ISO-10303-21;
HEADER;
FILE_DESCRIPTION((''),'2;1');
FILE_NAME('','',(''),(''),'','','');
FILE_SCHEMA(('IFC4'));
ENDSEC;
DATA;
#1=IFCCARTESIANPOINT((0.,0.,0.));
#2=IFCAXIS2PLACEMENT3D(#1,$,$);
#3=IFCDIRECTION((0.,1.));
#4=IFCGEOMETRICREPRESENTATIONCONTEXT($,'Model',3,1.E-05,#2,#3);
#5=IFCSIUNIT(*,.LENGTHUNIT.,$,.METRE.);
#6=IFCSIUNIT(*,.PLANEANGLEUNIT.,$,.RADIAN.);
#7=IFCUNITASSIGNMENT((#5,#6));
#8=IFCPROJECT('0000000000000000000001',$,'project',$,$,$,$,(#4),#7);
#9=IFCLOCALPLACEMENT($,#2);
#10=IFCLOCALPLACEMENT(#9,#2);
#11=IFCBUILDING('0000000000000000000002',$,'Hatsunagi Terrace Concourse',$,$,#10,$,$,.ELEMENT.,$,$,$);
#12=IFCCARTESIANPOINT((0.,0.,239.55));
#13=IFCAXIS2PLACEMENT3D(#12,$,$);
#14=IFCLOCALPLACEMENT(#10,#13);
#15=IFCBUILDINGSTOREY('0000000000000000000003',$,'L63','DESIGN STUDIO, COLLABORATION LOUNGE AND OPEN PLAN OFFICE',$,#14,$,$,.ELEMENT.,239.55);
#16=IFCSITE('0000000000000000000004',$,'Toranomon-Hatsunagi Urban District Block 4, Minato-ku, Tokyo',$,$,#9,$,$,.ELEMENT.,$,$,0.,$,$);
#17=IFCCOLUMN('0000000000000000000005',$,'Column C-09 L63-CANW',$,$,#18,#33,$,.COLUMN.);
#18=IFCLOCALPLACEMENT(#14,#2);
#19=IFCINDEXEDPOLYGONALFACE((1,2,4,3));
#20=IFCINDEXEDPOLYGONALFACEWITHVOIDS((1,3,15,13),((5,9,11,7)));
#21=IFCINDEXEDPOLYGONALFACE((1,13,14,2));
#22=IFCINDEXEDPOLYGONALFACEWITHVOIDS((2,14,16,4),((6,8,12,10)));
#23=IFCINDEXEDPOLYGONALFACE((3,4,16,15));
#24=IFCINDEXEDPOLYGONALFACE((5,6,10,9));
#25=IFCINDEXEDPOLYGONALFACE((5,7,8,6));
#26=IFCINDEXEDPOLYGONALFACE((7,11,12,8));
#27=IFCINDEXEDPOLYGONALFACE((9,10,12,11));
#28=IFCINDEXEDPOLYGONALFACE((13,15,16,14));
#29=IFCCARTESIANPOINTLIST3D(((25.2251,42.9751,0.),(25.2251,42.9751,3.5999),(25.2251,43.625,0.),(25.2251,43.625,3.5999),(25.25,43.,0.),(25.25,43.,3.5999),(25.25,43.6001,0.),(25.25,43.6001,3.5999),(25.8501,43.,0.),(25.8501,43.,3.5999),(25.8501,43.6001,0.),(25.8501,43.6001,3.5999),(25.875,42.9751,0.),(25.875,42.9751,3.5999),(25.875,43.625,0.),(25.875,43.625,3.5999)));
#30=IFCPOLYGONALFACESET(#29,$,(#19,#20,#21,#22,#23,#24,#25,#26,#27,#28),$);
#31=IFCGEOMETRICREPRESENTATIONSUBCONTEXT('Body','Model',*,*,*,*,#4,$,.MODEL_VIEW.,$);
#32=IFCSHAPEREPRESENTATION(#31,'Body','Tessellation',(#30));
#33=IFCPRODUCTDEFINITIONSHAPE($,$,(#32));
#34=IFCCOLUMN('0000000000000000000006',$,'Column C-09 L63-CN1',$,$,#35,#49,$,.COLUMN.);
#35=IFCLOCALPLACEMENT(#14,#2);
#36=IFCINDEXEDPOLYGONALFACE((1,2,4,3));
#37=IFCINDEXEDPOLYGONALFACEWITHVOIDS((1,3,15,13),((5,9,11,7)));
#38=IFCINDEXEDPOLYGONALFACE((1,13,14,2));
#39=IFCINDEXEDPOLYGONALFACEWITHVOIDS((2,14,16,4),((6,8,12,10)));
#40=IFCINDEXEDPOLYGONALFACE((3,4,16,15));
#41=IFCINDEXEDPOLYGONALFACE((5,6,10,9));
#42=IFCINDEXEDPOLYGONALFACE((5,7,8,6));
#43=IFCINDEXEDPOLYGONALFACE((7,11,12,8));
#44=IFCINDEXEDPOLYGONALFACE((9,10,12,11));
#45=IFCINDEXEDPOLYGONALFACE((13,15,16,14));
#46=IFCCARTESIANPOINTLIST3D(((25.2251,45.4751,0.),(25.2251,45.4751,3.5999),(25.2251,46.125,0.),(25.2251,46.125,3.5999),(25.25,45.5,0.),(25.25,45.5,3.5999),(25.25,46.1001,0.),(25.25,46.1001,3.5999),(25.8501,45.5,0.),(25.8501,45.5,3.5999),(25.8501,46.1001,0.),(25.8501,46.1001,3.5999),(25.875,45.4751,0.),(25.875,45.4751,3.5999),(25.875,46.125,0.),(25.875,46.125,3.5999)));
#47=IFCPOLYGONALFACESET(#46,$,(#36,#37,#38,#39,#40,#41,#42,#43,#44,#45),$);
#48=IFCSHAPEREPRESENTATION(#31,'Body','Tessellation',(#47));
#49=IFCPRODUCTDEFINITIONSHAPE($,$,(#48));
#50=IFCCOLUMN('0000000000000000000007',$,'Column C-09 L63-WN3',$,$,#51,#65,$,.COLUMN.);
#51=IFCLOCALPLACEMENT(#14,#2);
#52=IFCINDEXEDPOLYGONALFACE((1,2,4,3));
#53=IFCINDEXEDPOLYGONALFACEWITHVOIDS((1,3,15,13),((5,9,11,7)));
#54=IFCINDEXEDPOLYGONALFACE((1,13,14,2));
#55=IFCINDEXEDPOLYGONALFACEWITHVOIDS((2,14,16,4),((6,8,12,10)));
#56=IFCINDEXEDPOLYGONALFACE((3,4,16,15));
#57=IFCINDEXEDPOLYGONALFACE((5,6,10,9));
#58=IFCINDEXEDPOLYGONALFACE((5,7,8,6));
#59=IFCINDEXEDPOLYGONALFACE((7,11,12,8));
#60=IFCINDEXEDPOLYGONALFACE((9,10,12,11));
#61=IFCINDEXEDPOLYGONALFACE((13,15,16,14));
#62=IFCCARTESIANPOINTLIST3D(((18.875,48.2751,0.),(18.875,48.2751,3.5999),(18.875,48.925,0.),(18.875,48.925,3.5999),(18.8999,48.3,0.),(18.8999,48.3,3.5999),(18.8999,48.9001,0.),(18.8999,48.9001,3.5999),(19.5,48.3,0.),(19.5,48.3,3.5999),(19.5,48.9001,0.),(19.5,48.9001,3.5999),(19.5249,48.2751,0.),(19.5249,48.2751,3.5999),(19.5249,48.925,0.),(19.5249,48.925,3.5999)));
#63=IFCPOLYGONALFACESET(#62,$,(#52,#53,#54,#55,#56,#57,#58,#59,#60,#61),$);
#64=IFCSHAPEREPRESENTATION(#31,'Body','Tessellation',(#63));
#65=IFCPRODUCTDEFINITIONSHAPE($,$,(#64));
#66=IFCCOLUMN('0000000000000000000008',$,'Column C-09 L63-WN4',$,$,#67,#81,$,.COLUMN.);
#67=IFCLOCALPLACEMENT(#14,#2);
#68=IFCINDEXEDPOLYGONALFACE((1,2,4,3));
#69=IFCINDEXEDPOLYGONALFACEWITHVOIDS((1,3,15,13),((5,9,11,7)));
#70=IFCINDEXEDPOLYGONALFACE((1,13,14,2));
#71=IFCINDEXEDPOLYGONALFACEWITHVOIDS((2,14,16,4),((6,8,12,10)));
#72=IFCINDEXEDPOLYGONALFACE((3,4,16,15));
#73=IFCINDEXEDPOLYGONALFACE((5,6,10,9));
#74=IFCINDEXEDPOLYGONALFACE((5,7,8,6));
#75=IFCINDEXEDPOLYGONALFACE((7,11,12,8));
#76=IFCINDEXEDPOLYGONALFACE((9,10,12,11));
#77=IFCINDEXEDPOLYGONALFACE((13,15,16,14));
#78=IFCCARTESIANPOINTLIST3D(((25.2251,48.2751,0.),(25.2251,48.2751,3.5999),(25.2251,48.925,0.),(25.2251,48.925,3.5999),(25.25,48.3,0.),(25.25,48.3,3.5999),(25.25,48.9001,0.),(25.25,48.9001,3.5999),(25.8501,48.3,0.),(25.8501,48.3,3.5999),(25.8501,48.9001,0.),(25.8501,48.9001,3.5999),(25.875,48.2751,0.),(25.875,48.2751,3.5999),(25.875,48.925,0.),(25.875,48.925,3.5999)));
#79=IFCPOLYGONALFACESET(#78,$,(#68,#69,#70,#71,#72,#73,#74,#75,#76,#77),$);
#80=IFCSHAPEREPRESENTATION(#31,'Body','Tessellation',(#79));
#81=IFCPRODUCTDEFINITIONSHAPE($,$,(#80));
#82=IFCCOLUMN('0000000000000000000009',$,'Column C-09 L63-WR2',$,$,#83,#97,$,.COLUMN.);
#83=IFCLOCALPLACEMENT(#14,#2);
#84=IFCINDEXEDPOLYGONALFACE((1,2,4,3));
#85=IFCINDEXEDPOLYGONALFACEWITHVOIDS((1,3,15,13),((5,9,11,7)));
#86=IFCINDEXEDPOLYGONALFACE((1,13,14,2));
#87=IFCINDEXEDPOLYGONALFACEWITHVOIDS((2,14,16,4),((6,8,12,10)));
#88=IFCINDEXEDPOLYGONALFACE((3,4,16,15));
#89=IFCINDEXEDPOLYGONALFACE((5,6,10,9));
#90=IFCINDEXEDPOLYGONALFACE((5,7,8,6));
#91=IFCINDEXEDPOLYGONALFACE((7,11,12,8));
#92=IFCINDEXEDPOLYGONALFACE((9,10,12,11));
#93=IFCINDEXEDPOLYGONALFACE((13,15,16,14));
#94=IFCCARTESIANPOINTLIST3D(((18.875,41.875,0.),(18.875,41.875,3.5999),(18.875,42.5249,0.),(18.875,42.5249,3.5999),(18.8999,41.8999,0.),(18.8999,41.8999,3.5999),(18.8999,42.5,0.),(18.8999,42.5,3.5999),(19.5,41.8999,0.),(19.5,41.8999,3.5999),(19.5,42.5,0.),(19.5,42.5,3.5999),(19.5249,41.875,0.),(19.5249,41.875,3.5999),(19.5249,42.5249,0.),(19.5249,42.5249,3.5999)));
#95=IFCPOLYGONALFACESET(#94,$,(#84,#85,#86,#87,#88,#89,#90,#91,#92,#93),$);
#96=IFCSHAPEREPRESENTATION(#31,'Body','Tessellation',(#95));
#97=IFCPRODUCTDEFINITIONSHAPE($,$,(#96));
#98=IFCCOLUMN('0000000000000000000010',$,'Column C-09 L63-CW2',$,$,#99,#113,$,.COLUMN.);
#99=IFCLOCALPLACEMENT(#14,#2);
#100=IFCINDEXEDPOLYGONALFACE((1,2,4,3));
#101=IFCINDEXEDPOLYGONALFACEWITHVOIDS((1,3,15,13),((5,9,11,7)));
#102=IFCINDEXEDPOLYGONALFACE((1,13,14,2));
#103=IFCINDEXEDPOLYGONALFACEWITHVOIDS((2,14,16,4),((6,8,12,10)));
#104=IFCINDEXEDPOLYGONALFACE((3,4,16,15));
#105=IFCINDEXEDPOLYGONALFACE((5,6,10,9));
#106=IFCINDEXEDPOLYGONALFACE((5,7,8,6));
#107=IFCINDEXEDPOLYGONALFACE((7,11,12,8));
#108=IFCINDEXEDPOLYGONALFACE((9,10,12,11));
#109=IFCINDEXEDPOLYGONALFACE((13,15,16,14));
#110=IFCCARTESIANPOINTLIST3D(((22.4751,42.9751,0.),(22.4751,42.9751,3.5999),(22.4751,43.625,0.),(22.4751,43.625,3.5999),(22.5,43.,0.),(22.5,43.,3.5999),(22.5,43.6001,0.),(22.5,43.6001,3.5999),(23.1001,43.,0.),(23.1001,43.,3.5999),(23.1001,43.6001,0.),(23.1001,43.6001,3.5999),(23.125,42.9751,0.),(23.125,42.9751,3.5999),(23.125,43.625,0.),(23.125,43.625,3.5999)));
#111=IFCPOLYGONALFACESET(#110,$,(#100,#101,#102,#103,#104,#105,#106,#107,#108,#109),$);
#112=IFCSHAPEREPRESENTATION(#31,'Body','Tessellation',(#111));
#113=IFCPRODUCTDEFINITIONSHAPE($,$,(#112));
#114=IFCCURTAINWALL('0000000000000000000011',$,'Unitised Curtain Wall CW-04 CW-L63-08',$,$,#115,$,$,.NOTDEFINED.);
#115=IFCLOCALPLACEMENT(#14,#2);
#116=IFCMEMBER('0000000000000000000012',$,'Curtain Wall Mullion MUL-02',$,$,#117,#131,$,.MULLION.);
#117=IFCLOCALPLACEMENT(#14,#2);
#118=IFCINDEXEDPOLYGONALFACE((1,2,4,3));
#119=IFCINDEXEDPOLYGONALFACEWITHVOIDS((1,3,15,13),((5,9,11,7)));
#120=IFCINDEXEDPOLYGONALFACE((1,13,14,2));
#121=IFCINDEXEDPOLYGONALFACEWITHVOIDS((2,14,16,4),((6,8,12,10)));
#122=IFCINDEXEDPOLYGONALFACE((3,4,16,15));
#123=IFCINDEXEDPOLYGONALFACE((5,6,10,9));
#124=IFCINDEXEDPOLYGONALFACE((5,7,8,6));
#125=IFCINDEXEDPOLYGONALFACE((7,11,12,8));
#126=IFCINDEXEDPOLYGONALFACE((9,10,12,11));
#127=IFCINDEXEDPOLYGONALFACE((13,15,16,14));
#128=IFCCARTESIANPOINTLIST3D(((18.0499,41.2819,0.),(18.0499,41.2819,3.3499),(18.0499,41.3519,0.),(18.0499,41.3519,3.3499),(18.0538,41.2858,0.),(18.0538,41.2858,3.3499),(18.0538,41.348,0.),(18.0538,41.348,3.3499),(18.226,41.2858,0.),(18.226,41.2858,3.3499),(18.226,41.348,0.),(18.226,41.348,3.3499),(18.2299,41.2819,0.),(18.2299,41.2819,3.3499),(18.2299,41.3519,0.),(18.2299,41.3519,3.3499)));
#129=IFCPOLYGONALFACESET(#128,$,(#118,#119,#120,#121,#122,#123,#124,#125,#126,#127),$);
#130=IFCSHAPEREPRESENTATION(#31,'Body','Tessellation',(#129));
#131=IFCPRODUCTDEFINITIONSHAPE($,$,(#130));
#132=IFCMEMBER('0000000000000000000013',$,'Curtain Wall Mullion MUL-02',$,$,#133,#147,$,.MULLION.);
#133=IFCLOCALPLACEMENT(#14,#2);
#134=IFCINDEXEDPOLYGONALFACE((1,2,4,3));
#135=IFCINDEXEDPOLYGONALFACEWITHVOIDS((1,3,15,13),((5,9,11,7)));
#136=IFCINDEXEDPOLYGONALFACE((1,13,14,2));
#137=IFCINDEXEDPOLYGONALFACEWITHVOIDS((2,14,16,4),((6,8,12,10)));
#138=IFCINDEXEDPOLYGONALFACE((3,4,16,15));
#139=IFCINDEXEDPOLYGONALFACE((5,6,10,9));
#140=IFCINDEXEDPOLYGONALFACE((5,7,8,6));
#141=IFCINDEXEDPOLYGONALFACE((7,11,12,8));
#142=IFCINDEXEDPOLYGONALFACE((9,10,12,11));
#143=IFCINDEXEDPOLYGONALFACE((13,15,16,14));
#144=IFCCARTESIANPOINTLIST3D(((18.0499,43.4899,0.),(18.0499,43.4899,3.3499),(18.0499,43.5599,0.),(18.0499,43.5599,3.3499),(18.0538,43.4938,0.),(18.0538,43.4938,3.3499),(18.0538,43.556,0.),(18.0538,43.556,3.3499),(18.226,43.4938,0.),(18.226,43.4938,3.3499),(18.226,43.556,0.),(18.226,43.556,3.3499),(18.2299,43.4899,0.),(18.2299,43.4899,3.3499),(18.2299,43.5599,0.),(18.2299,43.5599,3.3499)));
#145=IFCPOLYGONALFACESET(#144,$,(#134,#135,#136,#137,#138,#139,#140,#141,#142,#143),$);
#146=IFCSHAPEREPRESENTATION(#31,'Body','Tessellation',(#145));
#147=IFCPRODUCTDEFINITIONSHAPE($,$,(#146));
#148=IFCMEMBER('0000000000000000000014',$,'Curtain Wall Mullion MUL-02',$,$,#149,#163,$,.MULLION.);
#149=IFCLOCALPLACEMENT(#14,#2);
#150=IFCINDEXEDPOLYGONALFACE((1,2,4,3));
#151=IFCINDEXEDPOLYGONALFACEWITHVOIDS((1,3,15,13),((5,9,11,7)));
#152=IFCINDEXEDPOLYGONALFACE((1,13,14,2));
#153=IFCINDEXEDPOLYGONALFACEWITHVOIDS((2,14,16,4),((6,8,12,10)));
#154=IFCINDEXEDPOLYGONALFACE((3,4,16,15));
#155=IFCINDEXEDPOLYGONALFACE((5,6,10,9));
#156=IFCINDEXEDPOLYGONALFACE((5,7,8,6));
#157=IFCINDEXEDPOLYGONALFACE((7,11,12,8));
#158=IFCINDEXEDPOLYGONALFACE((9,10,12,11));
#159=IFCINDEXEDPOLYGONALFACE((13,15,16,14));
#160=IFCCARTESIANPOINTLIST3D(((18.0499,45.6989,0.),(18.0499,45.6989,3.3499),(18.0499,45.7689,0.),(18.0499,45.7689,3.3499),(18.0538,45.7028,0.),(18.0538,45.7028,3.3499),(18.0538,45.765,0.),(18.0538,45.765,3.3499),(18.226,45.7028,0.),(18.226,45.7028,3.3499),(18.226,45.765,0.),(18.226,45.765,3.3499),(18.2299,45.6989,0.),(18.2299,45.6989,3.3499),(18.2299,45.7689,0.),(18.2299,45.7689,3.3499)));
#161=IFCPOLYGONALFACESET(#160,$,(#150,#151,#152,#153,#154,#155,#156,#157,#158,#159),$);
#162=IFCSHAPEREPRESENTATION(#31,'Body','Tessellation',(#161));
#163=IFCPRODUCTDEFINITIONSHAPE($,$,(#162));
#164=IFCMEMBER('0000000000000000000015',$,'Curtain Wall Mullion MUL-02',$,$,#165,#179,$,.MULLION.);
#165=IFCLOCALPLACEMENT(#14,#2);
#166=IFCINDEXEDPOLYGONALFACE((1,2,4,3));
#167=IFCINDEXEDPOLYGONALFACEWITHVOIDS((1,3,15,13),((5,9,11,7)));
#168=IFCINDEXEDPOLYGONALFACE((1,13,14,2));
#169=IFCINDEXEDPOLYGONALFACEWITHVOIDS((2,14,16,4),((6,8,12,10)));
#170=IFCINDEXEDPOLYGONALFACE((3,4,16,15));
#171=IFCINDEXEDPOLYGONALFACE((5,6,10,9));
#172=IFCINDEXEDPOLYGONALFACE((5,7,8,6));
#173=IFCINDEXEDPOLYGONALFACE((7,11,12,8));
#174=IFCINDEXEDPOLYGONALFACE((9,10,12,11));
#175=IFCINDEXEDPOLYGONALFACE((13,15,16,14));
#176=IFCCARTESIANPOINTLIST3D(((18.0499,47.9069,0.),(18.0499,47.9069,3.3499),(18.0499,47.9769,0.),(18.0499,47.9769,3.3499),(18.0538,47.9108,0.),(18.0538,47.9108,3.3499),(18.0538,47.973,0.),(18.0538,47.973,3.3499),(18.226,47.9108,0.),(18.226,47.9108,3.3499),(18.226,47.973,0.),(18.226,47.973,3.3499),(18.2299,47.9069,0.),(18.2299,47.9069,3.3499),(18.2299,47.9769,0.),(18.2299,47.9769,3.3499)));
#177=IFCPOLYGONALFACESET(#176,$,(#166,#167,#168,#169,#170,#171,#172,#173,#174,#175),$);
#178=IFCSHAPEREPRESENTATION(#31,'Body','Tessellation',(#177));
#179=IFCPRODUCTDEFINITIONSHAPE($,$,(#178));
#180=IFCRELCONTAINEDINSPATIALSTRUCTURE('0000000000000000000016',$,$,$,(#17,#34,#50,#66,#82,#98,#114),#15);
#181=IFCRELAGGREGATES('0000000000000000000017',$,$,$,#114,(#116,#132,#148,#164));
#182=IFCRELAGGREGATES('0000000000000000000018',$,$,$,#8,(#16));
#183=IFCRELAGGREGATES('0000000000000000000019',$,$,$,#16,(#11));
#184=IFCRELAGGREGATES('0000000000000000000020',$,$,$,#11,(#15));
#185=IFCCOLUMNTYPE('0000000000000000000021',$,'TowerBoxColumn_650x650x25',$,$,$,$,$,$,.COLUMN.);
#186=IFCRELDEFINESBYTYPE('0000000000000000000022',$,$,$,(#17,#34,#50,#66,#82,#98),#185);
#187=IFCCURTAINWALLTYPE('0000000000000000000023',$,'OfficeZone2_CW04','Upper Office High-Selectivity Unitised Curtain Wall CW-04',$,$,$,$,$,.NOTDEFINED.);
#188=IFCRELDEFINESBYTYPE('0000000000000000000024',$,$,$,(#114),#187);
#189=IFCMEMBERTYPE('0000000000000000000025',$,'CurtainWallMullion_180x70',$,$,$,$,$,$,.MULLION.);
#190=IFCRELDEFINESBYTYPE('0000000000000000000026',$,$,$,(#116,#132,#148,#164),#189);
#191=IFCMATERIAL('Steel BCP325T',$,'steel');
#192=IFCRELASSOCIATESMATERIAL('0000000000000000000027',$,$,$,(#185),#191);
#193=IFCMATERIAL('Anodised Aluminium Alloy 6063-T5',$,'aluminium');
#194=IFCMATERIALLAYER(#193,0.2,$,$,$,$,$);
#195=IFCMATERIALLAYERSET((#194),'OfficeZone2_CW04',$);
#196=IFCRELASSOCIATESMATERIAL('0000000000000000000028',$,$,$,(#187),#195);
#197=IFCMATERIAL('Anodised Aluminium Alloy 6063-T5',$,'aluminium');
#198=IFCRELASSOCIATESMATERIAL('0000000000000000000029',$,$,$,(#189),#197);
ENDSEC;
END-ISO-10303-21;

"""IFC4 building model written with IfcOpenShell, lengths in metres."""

from ifc_helpers import new_model, si_unit, direction, frame, origin, origin_2d, place, context, subcontext, project, spatial, hollow_rectangle, extrude, material, layer, layer_set, material_profile, profile_set, type_object, element, aggregate, save


model = new_model("IFC4")

# Units and contexts
model_context = context("Model", 3, precision=1e-05, world=origin(), true_north=direction((0.0, 1.0)))
body_context = subcontext(model_context, "Body", "Model", "MODEL_VIEW")
ifc_project = project(units=[si_unit("LENGTHUNIT", "METRE"), si_unit("PLANEANGLEUNIT", "RADIAN")], contexts=[model_context])

# Site, building, storey
site_placement = place(None, origin())
site = spatial("IfcSite", under=ifc_project, at=site_placement, Name="Toranomon-Hatsunagi Urban District Block 4, Minato-ku, Tokyo", CompositionType="ELEMENT", RefElevation=0.0)
building_placement = place(site_placement, origin())
building = spatial("IfcBuilding", under=site, at=building_placement, Name="Hatsunagi Terrace Concourse", CompositionType="ELEMENT")
storey_placement = place(building_placement, frame((0.0, 0.0, 239.55)))
storey = spatial("IfcBuildingStorey", under=building, at=storey_placement, Name="L63", Description="DESIGN STUDIO, COLLABORATION LOUNGE AND OPEN PLAN OFFICE", CompositionType="ELEMENT", Elevation=239.55)

# Columns
ifc_material_1 = material(Name="Steel BCP325T", Category="steel")
ifc_material_profile_1 = material_profile(ifc_material_1, hollow_rectangle(XDim=0.6499, YDim=0.6499, WallThickness=0.0249, at=origin_2d()), Name="BCP-650x650x25")
ifc_profile_set_1 = profile_set([ifc_material_profile_1], Name="Steel BCP325T")
column_type = type_object("IfcColumnType", Name="TowerBoxColumn_650x650x25", PredefinedType="COLUMN", material=ifc_profile_set_1)
for number, where, z_axis, x_axis, name in (
    (1, (25.55, 43.3, 0.0), (0.0, 0.0, 1.0), (1.0, 0.0, 0.0), "Column C-09 L63-CANW"),
    (2, (25.55, 45.8, 0.0), (0.0, 0.0, 1.0), (1.0, 0.0, 0.0), "Column C-09 L63-CN1"),
    (3, (19.2, 48.6001, 0.0), (0.0, 0.0, 1.0), (1.0, 0.0, 0.0), "Column C-09 L63-WN3"),
    (4, (25.55, 48.6001, 0.0), (0.0, 0.0, 1.0), (1.0, 0.0, 0.0), "Column C-09 L63-WN4"),
    (5, (19.2, 42.2, 0.0), (0.0, 0.0, 1.0), (1.0, 0.0, 0.0), "Column C-09 L63-WR2"),
    (6, (22.8, 43.3, 0.0), (0.0, 0.0, 1.0), (1.0, 0.0, 0.0), "Column C-09 L63-CW2"),
):
    element("IfcColumn", number, at=place(storey_placement, frame(where, z_axis=z_axis, x_axis=x_axis)), inside=storey, type_object=column_type, Name=name, PredefinedType="COLUMN", context=body_context, shape_type="SweptSolid", body=[
        extrude(hollow_rectangle(XDim=0.6499, YDim=0.6499, WallThickness=0.0249, at=origin_2d()), origin(), (0.0, 0.0, 1.0), 3.5999),
    ])

# Curtain wall, members
ifc_material_2 = material(Name="Anodised Aluminium Alloy 6063-T5", Category="aluminium")
ifc_layer_1 = layer(ifc_material_2, 0.2)
ifc_layer_set_1 = layer_set([ifc_layer_1], Name="OfficeZone2_CW04")
curtain_wall_type = type_object("IfcCurtainWallType", Name="OfficeZone2_CW04", Description="Upper Office High-Selectivity Unitised Curtain Wall CW-04", PredefinedType="NOTDEFINED", material=ifc_layer_set_1)
curtain_wall_placement = place(storey_placement, origin())
curtain_wall = element("IfcCurtainWall", 7, at=curtain_wall_placement, inside=storey, type_object=curtain_wall_type, Name="Unitised Curtain Wall CW-04 CW-L63-08", PredefinedType="NOTDEFINED")
ifc_material_3 = material(Name="Anodised Aluminium Alloy 6063-T5", Category="aluminium")
ifc_material_profile_2 = material_profile(ifc_material_3, hollow_rectangle(XDim=0.0701, YDim=0.1799, WallThickness=0.0039, at=origin_2d()), Name="ALU-MUL-180x70x4")
ifc_profile_set_2 = profile_set([ifc_material_profile_2], Name="Anodised Aluminium Alloy 6063-T5")
member_type_1 = type_object("IfcMemberType", Name="CurtainWallMullion_180x70", PredefinedType="MULLION", material=ifc_profile_set_2)
member_1_placement = place(storey_placement, frame((18.1399, 41.3169, 0.0), z_axis=(0.0, 0.0, 1.0), x_axis=(0.0, 1.0, 0.0)))
member_1 = element("IfcMember", 8, at=member_1_placement, type_object=member_type_1, Name="Curtain Wall Mullion MUL-02", PredefinedType="MULLION", context=body_context, shape_type="SweptSolid", body=[
    extrude(hollow_rectangle(XDim=0.0701, YDim=0.1799, WallThickness=0.0039, at=origin_2d()), origin(), (0.0, 0.0, 1.0), 3.3499),
])
member_2_placement = place(storey_placement, frame((18.1399, 43.5249, 0.0), z_axis=(0.0, 0.0, 1.0), x_axis=(0.0, 1.0, 0.0)))
member_2 = element("IfcMember", 9, at=member_2_placement, type_object=member_type_1, Name="Curtain Wall Mullion MUL-02", PredefinedType="MULLION", context=body_context, shape_type="SweptSolid", body=[
    extrude(hollow_rectangle(XDim=0.0701, YDim=0.1799, WallThickness=0.0039, at=origin_2d()), origin(), (0.0, 0.0, 1.0), 3.3499),
])
member_3_placement = place(storey_placement, frame((18.1399, 45.7339, 0.0), z_axis=(0.0, 0.0, 1.0), x_axis=(0.0, 1.0, 0.0)))
member_3 = element("IfcMember", 10, at=member_3_placement, type_object=member_type_1, Name="Curtain Wall Mullion MUL-02", PredefinedType="MULLION", context=body_context, shape_type="SweptSolid", body=[
    extrude(hollow_rectangle(XDim=0.0701, YDim=0.1799, WallThickness=0.0039, at=origin_2d()), origin(), (0.0, 0.0, 1.0), 3.3499),
])
member_4_placement = place(storey_placement, frame((18.1399, 47.9419, 0.0), z_axis=(0.0, 0.0, 1.0), x_axis=(0.0, 1.0, 0.0)))
member_4 = element("IfcMember", 11, at=member_4_placement, type_object=member_type_1, Name="Curtain Wall Mullion MUL-02", PredefinedType="MULLION", context=body_context, shape_type="SweptSolid", body=[
    extrude(hollow_rectangle(XDim=0.0701, YDim=0.1799, WallThickness=0.0039, at=origin_2d()), origin(), (0.0, 0.0, 1.0), 3.3499),
])

aggregate(curtain_wall, [member_1, member_2, member_3, member_4])

save(model, "model.ifc")
